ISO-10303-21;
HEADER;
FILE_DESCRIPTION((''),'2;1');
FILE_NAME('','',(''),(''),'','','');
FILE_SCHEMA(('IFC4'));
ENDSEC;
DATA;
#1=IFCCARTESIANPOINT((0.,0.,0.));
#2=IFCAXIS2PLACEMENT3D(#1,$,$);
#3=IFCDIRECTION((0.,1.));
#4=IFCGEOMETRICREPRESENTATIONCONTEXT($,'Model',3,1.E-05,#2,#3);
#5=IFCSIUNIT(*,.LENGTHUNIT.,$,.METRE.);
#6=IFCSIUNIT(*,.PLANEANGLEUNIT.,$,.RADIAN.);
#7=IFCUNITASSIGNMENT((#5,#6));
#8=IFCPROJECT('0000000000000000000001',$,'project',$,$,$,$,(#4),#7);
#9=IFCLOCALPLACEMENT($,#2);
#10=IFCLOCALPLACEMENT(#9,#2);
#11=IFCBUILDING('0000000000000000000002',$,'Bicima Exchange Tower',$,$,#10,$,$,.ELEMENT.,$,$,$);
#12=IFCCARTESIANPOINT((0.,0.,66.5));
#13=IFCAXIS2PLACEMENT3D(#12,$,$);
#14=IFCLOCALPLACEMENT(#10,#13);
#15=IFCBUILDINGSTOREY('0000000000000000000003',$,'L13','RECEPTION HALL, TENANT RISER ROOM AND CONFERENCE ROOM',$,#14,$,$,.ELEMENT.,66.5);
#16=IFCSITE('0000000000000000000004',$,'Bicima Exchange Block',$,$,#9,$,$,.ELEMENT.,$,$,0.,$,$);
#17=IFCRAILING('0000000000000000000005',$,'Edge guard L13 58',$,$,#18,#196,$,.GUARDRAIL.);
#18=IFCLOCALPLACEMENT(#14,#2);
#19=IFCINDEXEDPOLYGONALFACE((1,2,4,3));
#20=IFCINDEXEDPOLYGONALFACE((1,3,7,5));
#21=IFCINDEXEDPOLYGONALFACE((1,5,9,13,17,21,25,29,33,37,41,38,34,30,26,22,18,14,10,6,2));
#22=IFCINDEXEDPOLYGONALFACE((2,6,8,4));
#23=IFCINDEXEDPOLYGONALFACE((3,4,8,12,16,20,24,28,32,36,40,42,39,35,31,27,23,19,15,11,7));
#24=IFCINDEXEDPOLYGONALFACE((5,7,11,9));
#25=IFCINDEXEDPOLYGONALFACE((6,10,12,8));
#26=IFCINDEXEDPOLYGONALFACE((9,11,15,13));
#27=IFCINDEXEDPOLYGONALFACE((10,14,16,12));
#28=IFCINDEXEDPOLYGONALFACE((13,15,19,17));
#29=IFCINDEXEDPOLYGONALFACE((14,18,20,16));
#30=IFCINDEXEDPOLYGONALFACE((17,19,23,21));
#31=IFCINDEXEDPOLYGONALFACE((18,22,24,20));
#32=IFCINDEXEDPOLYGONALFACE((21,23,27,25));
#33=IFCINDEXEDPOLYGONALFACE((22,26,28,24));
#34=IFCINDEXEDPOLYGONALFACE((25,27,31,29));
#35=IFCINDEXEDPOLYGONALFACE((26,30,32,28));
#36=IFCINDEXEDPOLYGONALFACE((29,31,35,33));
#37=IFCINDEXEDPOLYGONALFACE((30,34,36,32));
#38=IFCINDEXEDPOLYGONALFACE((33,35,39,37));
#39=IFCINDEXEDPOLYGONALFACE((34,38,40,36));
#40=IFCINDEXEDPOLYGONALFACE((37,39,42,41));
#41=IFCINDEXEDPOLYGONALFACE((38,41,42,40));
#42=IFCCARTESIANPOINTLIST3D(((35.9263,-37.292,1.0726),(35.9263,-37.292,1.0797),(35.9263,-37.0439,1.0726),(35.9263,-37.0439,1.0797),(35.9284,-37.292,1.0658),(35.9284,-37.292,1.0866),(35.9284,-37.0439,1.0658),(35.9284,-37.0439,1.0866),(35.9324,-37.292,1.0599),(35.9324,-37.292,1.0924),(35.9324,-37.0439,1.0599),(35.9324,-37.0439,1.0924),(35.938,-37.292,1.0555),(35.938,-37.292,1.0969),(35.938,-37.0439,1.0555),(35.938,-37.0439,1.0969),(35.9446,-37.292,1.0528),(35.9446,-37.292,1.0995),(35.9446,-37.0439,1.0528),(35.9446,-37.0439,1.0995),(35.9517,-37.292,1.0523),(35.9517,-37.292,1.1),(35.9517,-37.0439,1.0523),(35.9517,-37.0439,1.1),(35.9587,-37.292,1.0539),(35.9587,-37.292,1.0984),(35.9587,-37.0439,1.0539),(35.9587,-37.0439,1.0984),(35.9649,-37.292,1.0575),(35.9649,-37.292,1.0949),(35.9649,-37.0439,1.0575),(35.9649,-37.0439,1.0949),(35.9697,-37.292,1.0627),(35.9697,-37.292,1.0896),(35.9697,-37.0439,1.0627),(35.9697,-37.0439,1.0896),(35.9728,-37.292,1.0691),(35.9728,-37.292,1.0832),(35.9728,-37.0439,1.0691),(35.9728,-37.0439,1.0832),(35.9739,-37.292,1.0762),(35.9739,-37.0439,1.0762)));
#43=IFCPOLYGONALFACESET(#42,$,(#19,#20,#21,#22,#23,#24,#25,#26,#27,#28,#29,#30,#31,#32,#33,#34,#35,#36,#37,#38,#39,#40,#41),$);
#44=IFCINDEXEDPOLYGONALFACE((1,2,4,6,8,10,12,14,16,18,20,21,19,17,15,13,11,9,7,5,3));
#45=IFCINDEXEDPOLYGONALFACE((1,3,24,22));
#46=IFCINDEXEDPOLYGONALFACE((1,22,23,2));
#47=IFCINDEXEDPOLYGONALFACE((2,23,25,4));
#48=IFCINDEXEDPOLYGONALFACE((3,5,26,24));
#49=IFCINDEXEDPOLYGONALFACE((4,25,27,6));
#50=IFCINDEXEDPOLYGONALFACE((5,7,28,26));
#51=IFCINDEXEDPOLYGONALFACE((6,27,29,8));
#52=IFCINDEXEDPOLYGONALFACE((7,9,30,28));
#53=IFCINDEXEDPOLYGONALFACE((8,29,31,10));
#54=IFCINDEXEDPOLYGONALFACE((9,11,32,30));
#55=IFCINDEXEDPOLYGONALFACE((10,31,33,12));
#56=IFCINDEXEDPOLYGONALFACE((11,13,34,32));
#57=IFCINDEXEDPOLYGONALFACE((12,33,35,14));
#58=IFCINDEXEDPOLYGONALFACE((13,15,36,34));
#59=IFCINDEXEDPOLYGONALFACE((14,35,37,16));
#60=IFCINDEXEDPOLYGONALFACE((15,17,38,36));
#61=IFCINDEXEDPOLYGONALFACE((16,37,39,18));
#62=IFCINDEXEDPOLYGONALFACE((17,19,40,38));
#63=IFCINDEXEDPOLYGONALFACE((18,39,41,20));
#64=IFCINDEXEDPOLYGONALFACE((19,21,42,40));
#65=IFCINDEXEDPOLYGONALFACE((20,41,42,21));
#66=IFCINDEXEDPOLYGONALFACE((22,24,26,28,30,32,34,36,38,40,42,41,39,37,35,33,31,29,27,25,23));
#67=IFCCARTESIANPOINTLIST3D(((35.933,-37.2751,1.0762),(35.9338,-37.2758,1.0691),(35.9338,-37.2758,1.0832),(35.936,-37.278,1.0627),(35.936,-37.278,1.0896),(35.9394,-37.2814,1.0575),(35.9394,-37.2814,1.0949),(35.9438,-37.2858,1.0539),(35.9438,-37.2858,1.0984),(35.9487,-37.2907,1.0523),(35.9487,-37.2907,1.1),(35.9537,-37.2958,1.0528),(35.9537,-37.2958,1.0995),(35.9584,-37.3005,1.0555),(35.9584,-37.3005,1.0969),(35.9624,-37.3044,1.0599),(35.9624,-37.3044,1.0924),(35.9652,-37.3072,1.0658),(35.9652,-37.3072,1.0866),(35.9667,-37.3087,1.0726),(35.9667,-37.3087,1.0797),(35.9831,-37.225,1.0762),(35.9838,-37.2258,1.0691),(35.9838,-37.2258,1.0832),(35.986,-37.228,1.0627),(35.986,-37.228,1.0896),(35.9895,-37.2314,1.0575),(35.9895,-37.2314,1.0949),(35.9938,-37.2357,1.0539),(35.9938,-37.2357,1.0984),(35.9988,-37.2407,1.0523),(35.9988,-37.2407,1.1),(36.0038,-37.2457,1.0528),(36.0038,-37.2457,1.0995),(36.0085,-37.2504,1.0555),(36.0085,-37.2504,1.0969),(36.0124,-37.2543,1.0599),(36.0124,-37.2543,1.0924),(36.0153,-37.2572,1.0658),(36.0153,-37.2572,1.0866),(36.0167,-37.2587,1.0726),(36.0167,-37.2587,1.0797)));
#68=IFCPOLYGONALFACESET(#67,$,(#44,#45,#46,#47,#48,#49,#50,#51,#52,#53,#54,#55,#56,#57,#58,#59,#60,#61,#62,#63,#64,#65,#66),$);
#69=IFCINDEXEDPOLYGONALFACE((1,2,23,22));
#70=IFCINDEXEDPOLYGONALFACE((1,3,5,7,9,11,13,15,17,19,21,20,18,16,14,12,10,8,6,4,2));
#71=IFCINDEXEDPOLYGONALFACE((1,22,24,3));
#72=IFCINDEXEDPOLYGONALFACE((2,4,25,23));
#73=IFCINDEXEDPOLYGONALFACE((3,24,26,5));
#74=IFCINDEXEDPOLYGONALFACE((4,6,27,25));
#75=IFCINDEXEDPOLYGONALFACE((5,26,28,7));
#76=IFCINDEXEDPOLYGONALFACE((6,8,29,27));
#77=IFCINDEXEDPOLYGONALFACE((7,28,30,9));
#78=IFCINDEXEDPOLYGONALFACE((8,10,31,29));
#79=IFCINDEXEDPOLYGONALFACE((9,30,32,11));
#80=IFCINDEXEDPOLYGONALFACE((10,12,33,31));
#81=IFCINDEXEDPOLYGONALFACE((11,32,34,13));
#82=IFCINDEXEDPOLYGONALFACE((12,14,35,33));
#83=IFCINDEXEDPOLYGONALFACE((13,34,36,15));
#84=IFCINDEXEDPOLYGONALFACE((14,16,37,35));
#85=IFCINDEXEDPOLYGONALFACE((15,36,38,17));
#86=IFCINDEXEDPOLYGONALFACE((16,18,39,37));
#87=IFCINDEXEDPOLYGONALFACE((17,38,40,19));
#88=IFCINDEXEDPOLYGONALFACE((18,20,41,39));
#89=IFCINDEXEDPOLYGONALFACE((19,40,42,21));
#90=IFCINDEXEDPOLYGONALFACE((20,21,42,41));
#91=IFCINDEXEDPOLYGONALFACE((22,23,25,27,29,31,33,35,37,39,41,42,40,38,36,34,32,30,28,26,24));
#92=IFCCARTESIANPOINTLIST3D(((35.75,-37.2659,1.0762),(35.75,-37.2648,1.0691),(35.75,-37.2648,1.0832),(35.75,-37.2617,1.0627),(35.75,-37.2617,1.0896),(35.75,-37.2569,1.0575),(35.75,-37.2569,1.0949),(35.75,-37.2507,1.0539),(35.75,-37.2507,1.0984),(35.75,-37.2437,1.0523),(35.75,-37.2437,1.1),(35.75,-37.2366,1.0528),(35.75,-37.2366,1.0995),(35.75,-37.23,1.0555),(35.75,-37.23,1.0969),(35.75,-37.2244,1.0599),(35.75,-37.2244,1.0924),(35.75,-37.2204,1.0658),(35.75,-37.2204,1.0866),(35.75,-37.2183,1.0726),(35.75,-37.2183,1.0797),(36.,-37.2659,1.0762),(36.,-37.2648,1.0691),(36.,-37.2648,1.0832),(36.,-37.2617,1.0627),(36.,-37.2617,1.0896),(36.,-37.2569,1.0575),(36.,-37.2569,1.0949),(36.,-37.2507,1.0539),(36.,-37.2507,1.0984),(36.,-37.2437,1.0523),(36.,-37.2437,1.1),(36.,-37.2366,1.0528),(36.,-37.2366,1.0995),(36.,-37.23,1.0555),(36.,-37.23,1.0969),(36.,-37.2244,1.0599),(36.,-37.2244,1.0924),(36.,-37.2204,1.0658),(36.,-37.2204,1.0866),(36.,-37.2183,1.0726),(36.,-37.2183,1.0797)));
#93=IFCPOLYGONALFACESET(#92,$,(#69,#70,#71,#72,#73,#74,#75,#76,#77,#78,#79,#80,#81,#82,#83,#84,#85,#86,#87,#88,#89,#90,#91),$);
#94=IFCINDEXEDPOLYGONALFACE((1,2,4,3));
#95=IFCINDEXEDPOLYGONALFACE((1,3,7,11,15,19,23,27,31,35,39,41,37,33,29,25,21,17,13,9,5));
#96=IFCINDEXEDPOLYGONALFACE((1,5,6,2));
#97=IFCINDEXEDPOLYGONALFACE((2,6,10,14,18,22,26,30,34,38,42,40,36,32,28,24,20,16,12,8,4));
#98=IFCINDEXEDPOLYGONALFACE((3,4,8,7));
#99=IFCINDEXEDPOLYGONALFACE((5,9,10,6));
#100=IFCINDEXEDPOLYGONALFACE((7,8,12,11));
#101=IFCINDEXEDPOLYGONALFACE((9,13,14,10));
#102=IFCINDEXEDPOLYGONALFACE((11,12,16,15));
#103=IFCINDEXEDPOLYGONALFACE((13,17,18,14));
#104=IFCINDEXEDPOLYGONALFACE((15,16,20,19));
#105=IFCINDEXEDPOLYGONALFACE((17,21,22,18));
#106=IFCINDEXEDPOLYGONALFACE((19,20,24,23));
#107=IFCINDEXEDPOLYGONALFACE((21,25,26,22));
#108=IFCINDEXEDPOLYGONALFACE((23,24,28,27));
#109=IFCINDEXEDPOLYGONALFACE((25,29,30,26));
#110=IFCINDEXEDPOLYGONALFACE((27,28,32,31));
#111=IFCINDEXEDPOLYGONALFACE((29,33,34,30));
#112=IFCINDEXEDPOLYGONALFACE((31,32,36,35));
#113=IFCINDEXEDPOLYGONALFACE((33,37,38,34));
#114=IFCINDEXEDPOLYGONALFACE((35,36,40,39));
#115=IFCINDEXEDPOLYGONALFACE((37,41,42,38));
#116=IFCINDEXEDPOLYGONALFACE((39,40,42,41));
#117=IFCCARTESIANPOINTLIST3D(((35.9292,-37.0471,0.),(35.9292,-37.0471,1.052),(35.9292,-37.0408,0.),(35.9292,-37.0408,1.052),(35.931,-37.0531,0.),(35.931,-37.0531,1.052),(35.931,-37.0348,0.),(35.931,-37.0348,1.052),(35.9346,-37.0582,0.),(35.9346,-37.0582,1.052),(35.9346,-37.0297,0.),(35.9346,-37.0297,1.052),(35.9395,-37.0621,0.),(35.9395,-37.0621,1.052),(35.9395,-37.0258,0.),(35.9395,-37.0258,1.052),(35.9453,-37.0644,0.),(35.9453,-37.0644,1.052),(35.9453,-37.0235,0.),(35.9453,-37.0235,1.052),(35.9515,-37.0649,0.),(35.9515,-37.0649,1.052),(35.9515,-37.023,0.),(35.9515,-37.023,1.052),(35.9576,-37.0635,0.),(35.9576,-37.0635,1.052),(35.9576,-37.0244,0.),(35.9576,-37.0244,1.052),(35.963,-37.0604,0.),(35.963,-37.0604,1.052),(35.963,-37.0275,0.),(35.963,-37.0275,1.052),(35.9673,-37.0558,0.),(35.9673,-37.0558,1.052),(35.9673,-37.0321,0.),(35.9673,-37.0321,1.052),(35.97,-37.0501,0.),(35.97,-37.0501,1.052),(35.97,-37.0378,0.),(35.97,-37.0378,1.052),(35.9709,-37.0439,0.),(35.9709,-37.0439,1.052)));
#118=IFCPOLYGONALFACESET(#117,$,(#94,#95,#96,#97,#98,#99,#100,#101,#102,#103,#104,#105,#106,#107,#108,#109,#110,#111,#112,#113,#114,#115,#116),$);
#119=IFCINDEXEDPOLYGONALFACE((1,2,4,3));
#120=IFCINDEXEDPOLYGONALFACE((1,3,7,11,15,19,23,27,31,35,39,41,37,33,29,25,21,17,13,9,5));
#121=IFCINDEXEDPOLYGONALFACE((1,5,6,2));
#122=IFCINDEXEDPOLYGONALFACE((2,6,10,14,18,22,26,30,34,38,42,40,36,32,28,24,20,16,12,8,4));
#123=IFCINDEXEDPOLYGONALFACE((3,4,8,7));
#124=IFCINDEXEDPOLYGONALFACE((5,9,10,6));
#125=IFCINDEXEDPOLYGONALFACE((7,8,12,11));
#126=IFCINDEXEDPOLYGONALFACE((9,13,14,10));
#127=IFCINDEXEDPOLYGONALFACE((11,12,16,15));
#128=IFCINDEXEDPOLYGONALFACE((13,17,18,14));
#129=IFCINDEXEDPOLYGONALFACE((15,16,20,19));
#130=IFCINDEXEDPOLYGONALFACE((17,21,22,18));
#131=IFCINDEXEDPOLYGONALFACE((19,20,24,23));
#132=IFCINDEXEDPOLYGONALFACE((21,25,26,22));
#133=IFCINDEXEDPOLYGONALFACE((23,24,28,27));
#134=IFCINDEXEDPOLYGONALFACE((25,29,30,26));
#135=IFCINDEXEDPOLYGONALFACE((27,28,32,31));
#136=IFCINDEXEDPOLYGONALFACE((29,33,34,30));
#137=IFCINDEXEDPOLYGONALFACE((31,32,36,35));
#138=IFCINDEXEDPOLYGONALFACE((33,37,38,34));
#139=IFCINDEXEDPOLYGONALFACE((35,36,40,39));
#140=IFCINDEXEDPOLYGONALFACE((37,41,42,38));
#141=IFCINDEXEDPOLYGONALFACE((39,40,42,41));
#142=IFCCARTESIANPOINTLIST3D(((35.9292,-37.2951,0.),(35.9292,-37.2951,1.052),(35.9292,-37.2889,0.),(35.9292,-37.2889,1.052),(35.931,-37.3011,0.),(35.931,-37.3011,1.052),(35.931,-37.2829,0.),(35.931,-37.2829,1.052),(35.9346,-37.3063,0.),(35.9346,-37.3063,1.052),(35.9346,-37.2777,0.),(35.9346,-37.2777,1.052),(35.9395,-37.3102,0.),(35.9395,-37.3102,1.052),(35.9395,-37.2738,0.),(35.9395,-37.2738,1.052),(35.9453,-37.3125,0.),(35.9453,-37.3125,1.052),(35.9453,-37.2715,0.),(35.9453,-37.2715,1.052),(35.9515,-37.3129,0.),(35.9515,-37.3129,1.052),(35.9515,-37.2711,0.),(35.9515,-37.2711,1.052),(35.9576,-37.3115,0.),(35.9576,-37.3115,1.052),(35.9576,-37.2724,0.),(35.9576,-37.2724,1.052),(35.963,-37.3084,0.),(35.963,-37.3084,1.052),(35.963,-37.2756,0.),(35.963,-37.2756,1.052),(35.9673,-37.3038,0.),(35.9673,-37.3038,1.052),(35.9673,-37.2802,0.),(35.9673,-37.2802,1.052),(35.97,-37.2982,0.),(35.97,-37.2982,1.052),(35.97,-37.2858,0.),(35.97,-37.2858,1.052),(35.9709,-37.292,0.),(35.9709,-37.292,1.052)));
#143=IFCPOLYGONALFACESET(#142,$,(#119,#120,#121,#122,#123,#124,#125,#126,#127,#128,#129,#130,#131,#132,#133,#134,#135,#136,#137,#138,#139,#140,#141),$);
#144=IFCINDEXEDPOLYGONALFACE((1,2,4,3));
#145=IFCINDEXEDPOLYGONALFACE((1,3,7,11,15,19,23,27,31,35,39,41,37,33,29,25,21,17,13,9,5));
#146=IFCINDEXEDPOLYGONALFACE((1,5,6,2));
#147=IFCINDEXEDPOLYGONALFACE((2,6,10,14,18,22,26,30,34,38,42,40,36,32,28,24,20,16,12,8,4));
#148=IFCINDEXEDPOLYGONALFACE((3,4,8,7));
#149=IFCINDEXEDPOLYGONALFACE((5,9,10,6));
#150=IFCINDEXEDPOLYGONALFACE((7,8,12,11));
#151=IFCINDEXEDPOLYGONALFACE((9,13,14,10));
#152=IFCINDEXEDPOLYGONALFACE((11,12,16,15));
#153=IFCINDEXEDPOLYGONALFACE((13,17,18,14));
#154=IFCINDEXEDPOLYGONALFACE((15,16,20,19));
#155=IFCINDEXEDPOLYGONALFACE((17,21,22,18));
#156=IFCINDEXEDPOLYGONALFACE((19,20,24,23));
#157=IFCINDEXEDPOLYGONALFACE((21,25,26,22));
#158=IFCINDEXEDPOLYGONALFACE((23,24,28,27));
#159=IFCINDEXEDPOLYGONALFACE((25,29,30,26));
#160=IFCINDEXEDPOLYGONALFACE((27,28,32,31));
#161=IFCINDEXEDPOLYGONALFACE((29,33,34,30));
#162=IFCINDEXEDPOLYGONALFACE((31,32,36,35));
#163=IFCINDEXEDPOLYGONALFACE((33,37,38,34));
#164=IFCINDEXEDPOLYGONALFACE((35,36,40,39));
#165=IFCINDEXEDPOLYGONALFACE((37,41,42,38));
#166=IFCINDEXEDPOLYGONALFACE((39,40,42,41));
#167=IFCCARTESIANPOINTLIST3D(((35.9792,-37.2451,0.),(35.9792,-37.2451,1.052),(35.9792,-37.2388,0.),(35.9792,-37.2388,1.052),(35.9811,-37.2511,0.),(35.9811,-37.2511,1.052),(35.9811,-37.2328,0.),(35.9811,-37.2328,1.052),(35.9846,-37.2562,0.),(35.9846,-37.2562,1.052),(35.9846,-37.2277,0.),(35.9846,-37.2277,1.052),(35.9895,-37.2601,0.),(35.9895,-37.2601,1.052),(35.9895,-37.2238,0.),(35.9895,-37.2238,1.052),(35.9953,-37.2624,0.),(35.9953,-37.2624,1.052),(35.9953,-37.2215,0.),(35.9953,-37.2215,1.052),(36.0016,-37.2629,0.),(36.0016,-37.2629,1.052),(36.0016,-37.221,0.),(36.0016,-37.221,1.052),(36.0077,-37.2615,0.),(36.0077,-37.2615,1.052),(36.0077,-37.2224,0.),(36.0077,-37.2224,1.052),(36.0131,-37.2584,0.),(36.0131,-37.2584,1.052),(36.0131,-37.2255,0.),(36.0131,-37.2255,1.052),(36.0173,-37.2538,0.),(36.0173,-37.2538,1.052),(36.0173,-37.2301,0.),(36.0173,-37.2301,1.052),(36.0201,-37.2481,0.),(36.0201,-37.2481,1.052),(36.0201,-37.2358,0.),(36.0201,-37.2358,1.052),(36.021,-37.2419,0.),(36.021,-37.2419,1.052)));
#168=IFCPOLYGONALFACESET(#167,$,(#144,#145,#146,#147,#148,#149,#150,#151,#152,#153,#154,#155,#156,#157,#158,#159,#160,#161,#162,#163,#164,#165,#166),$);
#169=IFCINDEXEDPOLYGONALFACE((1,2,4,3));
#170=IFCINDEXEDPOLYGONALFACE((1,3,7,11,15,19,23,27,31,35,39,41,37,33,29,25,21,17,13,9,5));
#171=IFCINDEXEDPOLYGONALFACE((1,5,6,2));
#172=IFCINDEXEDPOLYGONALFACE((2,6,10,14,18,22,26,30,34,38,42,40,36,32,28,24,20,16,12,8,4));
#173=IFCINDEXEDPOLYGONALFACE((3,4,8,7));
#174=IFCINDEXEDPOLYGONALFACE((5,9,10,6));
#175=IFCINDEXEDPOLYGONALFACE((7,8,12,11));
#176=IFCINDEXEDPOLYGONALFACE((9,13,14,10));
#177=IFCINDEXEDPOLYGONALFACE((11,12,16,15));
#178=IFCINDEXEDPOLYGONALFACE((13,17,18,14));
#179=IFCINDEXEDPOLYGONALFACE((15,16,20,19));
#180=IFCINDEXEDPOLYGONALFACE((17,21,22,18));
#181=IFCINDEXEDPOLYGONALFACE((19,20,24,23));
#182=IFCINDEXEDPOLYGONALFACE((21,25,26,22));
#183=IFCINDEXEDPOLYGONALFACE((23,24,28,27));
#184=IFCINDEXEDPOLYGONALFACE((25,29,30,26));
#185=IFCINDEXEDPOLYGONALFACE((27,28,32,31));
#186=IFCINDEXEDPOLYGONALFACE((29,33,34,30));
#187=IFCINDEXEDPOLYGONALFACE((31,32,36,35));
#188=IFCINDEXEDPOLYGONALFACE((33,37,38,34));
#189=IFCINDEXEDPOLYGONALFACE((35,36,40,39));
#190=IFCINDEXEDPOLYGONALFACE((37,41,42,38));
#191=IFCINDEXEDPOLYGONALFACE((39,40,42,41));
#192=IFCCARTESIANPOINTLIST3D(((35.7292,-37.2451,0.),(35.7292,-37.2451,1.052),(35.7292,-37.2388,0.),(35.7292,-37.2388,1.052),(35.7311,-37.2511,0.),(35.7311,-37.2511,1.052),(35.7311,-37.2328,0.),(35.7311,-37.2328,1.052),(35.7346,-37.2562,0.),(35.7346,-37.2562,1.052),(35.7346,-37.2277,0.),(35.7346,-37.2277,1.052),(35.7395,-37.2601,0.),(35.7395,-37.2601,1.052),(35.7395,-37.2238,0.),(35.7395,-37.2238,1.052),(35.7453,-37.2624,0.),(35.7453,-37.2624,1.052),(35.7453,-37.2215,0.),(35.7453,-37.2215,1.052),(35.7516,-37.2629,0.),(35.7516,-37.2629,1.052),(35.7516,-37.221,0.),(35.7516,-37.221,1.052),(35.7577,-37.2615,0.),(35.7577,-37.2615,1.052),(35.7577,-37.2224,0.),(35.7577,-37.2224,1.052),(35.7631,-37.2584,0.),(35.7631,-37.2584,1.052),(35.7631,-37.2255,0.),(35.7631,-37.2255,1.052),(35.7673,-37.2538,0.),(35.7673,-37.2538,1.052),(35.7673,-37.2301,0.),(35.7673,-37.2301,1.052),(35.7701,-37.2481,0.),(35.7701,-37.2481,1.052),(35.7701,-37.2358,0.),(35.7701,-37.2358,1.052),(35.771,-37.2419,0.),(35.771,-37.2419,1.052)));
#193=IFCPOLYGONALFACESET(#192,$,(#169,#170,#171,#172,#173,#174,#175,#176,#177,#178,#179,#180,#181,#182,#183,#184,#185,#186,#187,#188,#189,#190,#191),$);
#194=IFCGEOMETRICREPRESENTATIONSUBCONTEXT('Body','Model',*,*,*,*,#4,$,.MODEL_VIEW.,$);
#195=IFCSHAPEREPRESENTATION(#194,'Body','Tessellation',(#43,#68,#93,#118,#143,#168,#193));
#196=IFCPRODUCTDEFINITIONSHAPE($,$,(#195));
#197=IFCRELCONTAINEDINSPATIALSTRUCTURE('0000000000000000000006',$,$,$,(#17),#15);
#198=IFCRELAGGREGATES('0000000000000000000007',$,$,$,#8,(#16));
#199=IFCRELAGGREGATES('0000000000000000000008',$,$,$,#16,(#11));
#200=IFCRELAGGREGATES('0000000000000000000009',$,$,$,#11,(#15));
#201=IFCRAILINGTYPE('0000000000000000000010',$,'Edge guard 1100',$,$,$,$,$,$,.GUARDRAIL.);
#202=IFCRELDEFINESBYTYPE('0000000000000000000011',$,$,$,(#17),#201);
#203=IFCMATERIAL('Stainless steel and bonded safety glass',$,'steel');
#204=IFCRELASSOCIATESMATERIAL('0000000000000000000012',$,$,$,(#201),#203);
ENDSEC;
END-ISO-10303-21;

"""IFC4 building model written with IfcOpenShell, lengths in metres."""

from ifc_helpers import new_model, si_unit, direction, frame, origin, origin_2d, place, context, subcontext, project, spatial, circle, extrude, material, type_object, element, save


model = new_model("IFC4")

# Units and contexts
model_context = context("Model", 3, precision=1e-05, world=origin(), true_north=direction((0.0, 1.0)))
body_context = subcontext(model_context, "Body", "Model", "MODEL_VIEW")
ifc_project = project(units=[si_unit("LENGTHUNIT", "METRE"), si_unit("PLANEANGLEUNIT", "RADIAN")], contexts=[model_context])

# Site, building, storey
site_placement = place(None, origin())
site = spatial("IfcSite", under=ifc_project, at=site_placement, Name="Bicima Exchange Block", CompositionType="ELEMENT", RefElevation=0.0)
building_placement = place(site_placement, origin())
building = spatial("IfcBuilding", under=site, at=building_placement, Name="Bicima Exchange Tower", CompositionType="ELEMENT")
storey_placement = place(building_placement, frame((0.0, 0.0, 66.5)))
storey = spatial("IfcBuildingStorey", under=building, at=storey_placement, Name="L13", Description="RECEPTION HALL, TENANT RISER ROOM AND CONFERENCE ROOM", CompositionType="ELEMENT", Elevation=66.5)

# Railing
ifc_material_1 = material(Name="Stainless steel and bonded safety glass", Category="steel")
railing_type = type_object("IfcRailingType", Name="Edge guard 1100", PredefinedType="GUARDRAIL", material=ifc_material_1)
railing_1_placement = place(storey_placement, frame((35.95, -37.0439, 0.0)))
element("IfcRailing", 1, at=railing_1_placement, inside=storey, type_object=railing_type, Name="Edge guard L13 58", PredefinedType="GUARDRAIL", context=body_context, shape_type="SweptSolid", body=[
    extrude(circle(Radius=0.0239, at=origin_2d()), frame((0.0, 0.0, 1.0762), z_axis=(0.0, -1.0, 0.0), x_axis=(1.0, 0.0, 0.0)), (0.0, 0.0, 1.0), 0.248),
    extrude(circle(Radius=0.0239, at=origin_2d()), frame((0.0, -0.248, 1.0762), z_axis=(0.707107, 0.707107, 0.0), x_axis=(-0.707107, 0.707107, 0.0)), (0.0, 0.0, 1.0), 0.0708),
    extrude(circle(Radius=0.0239, at=origin_2d()), frame((0.05, -0.198, 1.0762), z_axis=(-1.0, 0.0, 0.0), x_axis=(0.0, -1.0, 0.0)), (0.0, 0.0, 1.0), 0.25),
    extrude(circle(Radius=0.021, at=origin_2d()), origin(), (0.0, 0.0, 1.0), 1.052),
    extrude(circle(Radius=0.021, at=origin_2d()), frame((0.0, -0.248, 0.0)), (0.0, 0.0, 1.0), 1.052),
    extrude(circle(Radius=0.021, at=origin_2d()), frame((0.05, -0.198, 0.0)), (0.0, 0.0, 1.0), 1.052),
    extrude(circle(Radius=0.021, at=origin_2d()), frame((-0.2, -0.198, 0.0)), (0.0, 0.0, 1.0), 1.052),
])

save(model, "model.ifc")
